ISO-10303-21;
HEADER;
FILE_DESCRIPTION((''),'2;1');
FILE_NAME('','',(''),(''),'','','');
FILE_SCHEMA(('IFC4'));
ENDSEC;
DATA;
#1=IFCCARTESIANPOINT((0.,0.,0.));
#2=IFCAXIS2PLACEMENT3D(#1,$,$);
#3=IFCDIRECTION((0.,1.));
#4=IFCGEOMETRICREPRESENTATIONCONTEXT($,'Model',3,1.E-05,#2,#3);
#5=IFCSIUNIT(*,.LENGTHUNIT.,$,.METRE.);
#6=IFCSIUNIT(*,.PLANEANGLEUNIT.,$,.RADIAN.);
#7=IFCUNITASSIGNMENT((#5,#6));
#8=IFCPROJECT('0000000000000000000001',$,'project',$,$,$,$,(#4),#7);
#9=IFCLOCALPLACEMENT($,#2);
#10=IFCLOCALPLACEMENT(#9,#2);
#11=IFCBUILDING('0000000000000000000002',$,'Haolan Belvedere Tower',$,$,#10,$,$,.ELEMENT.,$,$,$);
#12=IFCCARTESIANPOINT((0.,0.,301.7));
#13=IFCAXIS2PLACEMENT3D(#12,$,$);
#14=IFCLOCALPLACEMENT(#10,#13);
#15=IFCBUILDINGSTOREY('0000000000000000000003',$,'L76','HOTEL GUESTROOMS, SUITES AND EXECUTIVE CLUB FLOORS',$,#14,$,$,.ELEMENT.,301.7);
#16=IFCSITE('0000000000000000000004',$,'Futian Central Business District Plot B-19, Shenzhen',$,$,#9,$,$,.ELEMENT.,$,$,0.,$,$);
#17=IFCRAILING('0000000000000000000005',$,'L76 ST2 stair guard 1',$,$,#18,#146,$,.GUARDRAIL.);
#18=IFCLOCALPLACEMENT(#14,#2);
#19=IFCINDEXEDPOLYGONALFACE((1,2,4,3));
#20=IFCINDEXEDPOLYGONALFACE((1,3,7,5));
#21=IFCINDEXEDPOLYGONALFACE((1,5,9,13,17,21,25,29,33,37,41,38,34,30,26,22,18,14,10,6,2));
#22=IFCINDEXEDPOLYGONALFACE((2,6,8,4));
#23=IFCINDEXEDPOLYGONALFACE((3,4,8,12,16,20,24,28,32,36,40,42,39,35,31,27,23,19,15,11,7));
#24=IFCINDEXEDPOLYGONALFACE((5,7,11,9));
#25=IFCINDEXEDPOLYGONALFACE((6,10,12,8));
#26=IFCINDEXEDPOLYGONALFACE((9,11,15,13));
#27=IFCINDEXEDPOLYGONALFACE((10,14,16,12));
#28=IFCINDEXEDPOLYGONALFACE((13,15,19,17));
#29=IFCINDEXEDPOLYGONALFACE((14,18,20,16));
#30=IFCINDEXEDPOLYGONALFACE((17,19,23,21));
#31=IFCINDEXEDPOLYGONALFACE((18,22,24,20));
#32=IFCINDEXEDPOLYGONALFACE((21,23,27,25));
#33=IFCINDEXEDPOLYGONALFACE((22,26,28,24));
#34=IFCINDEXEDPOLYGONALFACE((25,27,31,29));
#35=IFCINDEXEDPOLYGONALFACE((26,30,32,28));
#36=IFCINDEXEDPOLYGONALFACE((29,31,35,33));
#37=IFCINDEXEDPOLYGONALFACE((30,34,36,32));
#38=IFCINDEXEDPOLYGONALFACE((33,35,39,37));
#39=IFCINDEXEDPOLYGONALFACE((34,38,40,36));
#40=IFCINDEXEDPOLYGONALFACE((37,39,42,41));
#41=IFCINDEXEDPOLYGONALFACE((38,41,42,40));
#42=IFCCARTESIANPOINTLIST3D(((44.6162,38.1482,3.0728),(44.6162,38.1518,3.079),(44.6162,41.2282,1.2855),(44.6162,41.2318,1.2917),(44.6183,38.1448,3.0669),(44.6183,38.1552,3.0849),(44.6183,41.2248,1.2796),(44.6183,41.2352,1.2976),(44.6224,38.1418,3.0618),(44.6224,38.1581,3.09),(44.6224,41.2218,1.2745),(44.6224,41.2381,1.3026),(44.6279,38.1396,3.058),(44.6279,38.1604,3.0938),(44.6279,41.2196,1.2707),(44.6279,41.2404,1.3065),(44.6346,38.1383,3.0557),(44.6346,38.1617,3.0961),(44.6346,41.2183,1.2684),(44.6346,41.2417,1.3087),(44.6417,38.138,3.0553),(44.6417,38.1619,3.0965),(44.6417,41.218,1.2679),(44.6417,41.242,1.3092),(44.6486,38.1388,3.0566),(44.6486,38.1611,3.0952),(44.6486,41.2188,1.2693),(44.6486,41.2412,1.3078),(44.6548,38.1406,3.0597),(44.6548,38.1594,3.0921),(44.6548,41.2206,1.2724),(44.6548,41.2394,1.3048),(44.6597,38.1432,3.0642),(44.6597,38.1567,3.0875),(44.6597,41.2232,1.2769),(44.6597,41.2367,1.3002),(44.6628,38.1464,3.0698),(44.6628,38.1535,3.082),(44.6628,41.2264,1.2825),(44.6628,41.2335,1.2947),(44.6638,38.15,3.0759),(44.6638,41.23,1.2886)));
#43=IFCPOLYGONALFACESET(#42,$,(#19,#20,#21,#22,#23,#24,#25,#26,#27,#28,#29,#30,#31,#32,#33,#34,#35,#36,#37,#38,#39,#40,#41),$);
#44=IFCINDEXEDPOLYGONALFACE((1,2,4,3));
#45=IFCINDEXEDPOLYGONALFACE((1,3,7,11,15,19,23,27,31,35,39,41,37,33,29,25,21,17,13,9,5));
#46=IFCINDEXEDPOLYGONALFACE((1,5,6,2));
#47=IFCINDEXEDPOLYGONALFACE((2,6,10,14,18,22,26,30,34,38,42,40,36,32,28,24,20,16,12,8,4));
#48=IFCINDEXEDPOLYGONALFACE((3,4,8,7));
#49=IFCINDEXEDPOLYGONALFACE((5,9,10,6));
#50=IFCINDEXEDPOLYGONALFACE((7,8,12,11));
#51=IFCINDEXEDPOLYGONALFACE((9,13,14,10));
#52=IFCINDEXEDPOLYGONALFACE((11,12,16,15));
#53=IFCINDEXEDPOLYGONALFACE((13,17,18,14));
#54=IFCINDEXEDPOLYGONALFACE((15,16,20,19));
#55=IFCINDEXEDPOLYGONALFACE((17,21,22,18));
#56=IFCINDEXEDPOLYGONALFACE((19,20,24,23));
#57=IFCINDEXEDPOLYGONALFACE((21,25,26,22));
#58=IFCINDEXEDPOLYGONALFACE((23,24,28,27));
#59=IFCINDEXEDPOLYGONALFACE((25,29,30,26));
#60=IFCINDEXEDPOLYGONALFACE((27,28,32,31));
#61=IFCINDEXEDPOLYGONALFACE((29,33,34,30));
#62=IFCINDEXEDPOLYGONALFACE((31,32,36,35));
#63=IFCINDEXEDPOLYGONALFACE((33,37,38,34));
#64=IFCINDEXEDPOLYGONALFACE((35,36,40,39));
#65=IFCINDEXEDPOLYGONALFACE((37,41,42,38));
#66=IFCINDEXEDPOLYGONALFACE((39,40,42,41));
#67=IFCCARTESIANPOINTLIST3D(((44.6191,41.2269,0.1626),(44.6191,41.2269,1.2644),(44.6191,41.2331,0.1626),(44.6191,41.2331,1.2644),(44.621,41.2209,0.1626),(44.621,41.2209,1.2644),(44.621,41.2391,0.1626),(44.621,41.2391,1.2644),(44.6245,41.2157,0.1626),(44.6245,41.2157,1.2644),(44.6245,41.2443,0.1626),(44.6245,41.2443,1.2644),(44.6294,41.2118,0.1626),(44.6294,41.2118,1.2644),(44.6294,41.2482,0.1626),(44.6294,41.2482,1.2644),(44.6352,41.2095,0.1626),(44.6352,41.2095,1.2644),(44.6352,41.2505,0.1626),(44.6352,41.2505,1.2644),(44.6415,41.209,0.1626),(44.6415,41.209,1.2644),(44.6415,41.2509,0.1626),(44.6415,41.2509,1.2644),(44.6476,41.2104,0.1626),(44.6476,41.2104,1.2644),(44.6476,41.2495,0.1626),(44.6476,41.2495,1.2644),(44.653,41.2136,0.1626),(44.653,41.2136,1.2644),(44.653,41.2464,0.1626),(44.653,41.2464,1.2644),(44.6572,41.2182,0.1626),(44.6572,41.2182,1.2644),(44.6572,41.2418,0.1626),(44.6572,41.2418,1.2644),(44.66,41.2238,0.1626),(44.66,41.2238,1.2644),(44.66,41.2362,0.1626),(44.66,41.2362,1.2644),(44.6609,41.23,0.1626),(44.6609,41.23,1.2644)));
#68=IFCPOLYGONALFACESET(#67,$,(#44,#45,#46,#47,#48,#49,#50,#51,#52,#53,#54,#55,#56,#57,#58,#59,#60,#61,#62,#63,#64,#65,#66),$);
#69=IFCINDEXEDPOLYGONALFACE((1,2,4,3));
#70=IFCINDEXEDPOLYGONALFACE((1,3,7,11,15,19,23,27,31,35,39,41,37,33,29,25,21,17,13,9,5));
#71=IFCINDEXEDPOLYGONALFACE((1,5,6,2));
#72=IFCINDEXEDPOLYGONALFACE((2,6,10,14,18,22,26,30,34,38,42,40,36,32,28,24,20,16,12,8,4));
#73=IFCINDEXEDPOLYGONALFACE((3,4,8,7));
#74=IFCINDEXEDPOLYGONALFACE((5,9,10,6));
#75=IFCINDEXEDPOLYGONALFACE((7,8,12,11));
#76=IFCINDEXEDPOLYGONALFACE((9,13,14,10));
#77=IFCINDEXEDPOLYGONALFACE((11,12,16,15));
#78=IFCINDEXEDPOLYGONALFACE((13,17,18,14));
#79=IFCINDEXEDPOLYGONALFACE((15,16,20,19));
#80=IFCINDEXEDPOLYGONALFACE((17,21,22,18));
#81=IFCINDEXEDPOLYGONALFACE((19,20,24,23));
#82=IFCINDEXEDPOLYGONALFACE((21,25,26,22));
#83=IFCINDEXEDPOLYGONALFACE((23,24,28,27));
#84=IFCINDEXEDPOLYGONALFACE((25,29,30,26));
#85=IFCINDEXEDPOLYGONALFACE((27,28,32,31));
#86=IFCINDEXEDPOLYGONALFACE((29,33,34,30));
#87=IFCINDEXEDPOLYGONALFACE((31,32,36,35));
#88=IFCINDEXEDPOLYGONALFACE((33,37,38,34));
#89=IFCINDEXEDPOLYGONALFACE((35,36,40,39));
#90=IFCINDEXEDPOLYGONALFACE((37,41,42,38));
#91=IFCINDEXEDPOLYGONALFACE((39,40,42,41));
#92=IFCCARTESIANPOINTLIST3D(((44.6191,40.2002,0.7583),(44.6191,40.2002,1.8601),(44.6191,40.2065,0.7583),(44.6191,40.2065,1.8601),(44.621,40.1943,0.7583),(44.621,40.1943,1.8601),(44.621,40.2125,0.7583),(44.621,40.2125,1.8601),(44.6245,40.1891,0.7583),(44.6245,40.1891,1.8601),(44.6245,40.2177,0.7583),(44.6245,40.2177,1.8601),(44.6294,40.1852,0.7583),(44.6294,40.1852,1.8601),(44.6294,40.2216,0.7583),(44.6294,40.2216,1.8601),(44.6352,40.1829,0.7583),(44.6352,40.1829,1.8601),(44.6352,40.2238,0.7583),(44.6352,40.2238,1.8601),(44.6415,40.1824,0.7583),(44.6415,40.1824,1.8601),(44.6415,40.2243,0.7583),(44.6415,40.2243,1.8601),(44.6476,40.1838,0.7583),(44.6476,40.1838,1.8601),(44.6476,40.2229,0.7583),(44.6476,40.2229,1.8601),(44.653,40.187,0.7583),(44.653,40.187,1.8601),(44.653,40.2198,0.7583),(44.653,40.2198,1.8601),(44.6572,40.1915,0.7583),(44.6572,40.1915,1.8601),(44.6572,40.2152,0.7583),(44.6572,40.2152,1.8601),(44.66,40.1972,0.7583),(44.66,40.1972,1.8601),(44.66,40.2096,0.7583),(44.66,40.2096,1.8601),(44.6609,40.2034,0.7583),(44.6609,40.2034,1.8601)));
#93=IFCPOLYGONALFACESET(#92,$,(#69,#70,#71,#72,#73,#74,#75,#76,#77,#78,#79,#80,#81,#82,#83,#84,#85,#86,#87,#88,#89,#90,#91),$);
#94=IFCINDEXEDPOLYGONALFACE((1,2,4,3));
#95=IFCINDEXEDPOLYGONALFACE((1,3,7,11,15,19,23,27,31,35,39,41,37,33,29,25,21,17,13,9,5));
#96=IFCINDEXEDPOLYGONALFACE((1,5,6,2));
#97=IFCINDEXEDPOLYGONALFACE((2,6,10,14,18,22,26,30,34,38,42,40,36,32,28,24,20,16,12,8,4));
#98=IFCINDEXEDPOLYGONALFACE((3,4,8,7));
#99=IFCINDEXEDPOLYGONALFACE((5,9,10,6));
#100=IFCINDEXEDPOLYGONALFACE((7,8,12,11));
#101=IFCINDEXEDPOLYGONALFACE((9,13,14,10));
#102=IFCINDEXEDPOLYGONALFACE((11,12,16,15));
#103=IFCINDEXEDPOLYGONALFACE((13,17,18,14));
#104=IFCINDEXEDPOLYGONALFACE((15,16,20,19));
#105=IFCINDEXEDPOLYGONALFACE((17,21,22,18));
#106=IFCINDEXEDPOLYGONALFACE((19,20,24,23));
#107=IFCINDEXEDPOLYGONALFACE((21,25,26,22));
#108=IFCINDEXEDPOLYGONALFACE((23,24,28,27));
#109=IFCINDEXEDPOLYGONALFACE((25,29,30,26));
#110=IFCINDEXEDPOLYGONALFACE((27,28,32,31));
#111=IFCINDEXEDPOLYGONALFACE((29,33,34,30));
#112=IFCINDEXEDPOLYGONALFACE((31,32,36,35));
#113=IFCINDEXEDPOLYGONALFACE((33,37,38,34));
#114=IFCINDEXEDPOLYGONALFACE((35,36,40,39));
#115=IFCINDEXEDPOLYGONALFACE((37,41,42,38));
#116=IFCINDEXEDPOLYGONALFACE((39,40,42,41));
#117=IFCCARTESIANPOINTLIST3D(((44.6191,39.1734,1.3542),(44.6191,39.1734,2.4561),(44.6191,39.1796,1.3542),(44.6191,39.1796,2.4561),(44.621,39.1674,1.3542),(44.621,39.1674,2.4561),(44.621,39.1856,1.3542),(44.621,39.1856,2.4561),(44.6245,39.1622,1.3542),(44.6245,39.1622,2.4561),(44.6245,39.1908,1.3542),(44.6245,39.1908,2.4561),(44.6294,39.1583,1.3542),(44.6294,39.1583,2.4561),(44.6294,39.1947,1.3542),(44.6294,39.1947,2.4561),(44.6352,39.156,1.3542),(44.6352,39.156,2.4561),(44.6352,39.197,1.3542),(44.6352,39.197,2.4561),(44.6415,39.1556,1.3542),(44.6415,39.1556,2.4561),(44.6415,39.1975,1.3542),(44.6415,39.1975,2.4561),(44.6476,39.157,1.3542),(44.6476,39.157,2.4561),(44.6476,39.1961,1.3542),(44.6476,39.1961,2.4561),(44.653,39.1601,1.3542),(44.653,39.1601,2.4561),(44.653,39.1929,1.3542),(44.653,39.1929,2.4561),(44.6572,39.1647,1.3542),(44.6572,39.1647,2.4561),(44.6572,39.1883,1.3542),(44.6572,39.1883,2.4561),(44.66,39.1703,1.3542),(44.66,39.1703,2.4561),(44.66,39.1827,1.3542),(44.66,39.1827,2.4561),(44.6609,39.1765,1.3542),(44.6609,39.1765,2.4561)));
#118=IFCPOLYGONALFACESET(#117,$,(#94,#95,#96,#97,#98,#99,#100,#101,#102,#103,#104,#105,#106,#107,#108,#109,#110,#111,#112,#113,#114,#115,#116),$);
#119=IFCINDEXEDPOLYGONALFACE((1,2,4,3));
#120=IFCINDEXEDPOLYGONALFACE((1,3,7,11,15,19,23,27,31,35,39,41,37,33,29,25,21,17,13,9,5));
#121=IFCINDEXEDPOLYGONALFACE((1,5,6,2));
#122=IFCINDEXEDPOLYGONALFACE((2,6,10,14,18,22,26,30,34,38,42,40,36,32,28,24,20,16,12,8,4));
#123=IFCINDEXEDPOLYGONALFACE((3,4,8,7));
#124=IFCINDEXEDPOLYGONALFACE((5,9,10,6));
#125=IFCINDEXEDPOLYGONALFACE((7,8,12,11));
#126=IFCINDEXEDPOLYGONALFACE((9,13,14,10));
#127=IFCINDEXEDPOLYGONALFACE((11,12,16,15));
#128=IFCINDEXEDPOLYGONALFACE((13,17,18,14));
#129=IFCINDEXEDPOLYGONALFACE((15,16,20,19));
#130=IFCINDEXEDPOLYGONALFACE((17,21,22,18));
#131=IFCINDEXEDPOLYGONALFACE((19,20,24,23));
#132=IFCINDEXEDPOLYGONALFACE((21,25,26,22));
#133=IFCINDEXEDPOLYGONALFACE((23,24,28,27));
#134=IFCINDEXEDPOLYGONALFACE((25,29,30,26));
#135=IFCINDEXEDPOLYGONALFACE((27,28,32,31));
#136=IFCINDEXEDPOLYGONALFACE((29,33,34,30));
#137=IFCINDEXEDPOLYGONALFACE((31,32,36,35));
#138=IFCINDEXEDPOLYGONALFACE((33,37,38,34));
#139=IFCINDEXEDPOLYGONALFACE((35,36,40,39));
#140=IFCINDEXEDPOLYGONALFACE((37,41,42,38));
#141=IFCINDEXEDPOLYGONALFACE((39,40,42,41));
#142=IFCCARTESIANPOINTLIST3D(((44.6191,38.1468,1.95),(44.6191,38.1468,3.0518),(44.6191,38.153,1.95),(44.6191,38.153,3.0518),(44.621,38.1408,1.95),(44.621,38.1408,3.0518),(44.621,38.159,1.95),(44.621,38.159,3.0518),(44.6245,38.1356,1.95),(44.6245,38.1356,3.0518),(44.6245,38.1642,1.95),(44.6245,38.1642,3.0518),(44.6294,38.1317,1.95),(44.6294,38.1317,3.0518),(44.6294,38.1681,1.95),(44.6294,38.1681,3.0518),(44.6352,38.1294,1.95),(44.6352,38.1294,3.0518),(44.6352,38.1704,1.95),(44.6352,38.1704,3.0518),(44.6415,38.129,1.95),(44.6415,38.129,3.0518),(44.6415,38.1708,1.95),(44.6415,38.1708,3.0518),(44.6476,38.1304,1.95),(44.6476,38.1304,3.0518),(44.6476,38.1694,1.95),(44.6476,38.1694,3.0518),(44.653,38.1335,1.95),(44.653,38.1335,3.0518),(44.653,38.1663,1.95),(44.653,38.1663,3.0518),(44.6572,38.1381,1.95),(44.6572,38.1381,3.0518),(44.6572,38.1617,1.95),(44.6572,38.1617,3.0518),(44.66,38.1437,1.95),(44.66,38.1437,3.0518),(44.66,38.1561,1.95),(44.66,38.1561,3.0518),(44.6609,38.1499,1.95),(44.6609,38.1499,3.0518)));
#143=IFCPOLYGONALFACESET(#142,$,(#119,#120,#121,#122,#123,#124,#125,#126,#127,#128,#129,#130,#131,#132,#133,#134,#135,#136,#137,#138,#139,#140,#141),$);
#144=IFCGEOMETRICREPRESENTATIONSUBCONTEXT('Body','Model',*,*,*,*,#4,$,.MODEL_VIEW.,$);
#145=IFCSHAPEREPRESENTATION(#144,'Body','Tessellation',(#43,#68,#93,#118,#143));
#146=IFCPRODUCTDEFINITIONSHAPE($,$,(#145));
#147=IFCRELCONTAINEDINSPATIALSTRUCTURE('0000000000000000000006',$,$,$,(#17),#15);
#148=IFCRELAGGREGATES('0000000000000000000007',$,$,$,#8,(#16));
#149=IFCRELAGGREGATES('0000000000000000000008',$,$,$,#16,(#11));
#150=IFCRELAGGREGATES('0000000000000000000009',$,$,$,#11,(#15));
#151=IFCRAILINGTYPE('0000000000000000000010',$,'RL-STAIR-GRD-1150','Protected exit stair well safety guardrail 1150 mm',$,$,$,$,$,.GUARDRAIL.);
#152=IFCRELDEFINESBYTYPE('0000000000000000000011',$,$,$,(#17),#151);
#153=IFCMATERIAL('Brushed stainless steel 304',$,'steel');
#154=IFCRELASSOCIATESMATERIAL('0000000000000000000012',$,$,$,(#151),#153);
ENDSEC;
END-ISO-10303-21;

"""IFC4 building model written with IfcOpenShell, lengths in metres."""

from ifc_helpers import new_model, si_unit, direction, frame, origin, origin_2d, place, context, subcontext, project, spatial, circle, extrude, material, type_object, element, save


model = new_model("IFC4")

# Units and contexts
model_context = context("Model", 3, precision=1e-05, world=origin(), true_north=direction((0.0, 1.0)))
body_context = subcontext(model_context, "Body", "Model", "MODEL_VIEW")
ifc_project = project(units=[si_unit("LENGTHUNIT", "METRE"), si_unit("PLANEANGLEUNIT", "RADIAN")], contexts=[model_context])

# Site, building, storey
site_placement = place(None, origin())
site = spatial("IfcSite", under=ifc_project, at=site_placement, Name="Futian Central Business District Plot B-19, Shenzhen", CompositionType="ELEMENT", RefElevation=0.0)
building_placement = place(site_placement, origin())
building = spatial("IfcBuilding", under=site, at=building_placement, Name="Haolan Belvedere Tower", CompositionType="ELEMENT")
storey_placement = place(building_placement, frame((0.0, 0.0, 301.7)))
storey = spatial("IfcBuildingStorey", under=building, at=storey_placement, Name="L76", Description="HOTEL GUESTROOMS, SUITES AND EXECUTIVE CLUB FLOORS", CompositionType="ELEMENT", Elevation=301.7)

# Railing
ifc_material_1 = material(Name="Brushed stainless steel 304", Category="steel")
railing_type_1 = type_object("IfcRailingType", Name="RL-STAIR-GRD-1150", Description="Protected exit stair well safety guardrail 1150 mm", PredefinedType="GUARDRAIL", material=ifc_material_1)
railing_1_placement = place(storey_placement, frame((44.6399, 41.23, 0.1626)))
element("IfcRailing", 1, at=railing_1_placement, inside=storey, type_object=railing_type_1, Name="L76 ST2 stair guard 1", PredefinedType="GUARDRAIL", context=body_context, shape_type="SweptSolid", body=[
    extrude(circle(Radius=0.0239, at=origin_2d()), frame((0.0, 0.0, 1.126), z_axis=(0.0, -0.86492, 0.501909), x_axis=(1.0, 0.0, 0.0)), (0.0, 0.0, 1.0), 3.561),
    extrude(circle(Radius=0.021, at=origin_2d()), origin(), (0.0, 0.0, 1.0), 1.1018),
    extrude(circle(Radius=0.021, at=origin_2d()), frame((0.0, -1.0266, 0.5957)), (0.0, 0.0, 1.0), 1.1018),
    extrude(circle(Radius=0.021, at=origin_2d()), frame((0.0, -2.0535, 1.1917)), (0.0, 0.0, 1.0), 1.1018),
    extrude(circle(Radius=0.021, at=origin_2d()), frame((0.0, -3.0801, 1.7874)), (0.0, 0.0, 1.0), 1.1018),
])

save(model, "model.ifc")
